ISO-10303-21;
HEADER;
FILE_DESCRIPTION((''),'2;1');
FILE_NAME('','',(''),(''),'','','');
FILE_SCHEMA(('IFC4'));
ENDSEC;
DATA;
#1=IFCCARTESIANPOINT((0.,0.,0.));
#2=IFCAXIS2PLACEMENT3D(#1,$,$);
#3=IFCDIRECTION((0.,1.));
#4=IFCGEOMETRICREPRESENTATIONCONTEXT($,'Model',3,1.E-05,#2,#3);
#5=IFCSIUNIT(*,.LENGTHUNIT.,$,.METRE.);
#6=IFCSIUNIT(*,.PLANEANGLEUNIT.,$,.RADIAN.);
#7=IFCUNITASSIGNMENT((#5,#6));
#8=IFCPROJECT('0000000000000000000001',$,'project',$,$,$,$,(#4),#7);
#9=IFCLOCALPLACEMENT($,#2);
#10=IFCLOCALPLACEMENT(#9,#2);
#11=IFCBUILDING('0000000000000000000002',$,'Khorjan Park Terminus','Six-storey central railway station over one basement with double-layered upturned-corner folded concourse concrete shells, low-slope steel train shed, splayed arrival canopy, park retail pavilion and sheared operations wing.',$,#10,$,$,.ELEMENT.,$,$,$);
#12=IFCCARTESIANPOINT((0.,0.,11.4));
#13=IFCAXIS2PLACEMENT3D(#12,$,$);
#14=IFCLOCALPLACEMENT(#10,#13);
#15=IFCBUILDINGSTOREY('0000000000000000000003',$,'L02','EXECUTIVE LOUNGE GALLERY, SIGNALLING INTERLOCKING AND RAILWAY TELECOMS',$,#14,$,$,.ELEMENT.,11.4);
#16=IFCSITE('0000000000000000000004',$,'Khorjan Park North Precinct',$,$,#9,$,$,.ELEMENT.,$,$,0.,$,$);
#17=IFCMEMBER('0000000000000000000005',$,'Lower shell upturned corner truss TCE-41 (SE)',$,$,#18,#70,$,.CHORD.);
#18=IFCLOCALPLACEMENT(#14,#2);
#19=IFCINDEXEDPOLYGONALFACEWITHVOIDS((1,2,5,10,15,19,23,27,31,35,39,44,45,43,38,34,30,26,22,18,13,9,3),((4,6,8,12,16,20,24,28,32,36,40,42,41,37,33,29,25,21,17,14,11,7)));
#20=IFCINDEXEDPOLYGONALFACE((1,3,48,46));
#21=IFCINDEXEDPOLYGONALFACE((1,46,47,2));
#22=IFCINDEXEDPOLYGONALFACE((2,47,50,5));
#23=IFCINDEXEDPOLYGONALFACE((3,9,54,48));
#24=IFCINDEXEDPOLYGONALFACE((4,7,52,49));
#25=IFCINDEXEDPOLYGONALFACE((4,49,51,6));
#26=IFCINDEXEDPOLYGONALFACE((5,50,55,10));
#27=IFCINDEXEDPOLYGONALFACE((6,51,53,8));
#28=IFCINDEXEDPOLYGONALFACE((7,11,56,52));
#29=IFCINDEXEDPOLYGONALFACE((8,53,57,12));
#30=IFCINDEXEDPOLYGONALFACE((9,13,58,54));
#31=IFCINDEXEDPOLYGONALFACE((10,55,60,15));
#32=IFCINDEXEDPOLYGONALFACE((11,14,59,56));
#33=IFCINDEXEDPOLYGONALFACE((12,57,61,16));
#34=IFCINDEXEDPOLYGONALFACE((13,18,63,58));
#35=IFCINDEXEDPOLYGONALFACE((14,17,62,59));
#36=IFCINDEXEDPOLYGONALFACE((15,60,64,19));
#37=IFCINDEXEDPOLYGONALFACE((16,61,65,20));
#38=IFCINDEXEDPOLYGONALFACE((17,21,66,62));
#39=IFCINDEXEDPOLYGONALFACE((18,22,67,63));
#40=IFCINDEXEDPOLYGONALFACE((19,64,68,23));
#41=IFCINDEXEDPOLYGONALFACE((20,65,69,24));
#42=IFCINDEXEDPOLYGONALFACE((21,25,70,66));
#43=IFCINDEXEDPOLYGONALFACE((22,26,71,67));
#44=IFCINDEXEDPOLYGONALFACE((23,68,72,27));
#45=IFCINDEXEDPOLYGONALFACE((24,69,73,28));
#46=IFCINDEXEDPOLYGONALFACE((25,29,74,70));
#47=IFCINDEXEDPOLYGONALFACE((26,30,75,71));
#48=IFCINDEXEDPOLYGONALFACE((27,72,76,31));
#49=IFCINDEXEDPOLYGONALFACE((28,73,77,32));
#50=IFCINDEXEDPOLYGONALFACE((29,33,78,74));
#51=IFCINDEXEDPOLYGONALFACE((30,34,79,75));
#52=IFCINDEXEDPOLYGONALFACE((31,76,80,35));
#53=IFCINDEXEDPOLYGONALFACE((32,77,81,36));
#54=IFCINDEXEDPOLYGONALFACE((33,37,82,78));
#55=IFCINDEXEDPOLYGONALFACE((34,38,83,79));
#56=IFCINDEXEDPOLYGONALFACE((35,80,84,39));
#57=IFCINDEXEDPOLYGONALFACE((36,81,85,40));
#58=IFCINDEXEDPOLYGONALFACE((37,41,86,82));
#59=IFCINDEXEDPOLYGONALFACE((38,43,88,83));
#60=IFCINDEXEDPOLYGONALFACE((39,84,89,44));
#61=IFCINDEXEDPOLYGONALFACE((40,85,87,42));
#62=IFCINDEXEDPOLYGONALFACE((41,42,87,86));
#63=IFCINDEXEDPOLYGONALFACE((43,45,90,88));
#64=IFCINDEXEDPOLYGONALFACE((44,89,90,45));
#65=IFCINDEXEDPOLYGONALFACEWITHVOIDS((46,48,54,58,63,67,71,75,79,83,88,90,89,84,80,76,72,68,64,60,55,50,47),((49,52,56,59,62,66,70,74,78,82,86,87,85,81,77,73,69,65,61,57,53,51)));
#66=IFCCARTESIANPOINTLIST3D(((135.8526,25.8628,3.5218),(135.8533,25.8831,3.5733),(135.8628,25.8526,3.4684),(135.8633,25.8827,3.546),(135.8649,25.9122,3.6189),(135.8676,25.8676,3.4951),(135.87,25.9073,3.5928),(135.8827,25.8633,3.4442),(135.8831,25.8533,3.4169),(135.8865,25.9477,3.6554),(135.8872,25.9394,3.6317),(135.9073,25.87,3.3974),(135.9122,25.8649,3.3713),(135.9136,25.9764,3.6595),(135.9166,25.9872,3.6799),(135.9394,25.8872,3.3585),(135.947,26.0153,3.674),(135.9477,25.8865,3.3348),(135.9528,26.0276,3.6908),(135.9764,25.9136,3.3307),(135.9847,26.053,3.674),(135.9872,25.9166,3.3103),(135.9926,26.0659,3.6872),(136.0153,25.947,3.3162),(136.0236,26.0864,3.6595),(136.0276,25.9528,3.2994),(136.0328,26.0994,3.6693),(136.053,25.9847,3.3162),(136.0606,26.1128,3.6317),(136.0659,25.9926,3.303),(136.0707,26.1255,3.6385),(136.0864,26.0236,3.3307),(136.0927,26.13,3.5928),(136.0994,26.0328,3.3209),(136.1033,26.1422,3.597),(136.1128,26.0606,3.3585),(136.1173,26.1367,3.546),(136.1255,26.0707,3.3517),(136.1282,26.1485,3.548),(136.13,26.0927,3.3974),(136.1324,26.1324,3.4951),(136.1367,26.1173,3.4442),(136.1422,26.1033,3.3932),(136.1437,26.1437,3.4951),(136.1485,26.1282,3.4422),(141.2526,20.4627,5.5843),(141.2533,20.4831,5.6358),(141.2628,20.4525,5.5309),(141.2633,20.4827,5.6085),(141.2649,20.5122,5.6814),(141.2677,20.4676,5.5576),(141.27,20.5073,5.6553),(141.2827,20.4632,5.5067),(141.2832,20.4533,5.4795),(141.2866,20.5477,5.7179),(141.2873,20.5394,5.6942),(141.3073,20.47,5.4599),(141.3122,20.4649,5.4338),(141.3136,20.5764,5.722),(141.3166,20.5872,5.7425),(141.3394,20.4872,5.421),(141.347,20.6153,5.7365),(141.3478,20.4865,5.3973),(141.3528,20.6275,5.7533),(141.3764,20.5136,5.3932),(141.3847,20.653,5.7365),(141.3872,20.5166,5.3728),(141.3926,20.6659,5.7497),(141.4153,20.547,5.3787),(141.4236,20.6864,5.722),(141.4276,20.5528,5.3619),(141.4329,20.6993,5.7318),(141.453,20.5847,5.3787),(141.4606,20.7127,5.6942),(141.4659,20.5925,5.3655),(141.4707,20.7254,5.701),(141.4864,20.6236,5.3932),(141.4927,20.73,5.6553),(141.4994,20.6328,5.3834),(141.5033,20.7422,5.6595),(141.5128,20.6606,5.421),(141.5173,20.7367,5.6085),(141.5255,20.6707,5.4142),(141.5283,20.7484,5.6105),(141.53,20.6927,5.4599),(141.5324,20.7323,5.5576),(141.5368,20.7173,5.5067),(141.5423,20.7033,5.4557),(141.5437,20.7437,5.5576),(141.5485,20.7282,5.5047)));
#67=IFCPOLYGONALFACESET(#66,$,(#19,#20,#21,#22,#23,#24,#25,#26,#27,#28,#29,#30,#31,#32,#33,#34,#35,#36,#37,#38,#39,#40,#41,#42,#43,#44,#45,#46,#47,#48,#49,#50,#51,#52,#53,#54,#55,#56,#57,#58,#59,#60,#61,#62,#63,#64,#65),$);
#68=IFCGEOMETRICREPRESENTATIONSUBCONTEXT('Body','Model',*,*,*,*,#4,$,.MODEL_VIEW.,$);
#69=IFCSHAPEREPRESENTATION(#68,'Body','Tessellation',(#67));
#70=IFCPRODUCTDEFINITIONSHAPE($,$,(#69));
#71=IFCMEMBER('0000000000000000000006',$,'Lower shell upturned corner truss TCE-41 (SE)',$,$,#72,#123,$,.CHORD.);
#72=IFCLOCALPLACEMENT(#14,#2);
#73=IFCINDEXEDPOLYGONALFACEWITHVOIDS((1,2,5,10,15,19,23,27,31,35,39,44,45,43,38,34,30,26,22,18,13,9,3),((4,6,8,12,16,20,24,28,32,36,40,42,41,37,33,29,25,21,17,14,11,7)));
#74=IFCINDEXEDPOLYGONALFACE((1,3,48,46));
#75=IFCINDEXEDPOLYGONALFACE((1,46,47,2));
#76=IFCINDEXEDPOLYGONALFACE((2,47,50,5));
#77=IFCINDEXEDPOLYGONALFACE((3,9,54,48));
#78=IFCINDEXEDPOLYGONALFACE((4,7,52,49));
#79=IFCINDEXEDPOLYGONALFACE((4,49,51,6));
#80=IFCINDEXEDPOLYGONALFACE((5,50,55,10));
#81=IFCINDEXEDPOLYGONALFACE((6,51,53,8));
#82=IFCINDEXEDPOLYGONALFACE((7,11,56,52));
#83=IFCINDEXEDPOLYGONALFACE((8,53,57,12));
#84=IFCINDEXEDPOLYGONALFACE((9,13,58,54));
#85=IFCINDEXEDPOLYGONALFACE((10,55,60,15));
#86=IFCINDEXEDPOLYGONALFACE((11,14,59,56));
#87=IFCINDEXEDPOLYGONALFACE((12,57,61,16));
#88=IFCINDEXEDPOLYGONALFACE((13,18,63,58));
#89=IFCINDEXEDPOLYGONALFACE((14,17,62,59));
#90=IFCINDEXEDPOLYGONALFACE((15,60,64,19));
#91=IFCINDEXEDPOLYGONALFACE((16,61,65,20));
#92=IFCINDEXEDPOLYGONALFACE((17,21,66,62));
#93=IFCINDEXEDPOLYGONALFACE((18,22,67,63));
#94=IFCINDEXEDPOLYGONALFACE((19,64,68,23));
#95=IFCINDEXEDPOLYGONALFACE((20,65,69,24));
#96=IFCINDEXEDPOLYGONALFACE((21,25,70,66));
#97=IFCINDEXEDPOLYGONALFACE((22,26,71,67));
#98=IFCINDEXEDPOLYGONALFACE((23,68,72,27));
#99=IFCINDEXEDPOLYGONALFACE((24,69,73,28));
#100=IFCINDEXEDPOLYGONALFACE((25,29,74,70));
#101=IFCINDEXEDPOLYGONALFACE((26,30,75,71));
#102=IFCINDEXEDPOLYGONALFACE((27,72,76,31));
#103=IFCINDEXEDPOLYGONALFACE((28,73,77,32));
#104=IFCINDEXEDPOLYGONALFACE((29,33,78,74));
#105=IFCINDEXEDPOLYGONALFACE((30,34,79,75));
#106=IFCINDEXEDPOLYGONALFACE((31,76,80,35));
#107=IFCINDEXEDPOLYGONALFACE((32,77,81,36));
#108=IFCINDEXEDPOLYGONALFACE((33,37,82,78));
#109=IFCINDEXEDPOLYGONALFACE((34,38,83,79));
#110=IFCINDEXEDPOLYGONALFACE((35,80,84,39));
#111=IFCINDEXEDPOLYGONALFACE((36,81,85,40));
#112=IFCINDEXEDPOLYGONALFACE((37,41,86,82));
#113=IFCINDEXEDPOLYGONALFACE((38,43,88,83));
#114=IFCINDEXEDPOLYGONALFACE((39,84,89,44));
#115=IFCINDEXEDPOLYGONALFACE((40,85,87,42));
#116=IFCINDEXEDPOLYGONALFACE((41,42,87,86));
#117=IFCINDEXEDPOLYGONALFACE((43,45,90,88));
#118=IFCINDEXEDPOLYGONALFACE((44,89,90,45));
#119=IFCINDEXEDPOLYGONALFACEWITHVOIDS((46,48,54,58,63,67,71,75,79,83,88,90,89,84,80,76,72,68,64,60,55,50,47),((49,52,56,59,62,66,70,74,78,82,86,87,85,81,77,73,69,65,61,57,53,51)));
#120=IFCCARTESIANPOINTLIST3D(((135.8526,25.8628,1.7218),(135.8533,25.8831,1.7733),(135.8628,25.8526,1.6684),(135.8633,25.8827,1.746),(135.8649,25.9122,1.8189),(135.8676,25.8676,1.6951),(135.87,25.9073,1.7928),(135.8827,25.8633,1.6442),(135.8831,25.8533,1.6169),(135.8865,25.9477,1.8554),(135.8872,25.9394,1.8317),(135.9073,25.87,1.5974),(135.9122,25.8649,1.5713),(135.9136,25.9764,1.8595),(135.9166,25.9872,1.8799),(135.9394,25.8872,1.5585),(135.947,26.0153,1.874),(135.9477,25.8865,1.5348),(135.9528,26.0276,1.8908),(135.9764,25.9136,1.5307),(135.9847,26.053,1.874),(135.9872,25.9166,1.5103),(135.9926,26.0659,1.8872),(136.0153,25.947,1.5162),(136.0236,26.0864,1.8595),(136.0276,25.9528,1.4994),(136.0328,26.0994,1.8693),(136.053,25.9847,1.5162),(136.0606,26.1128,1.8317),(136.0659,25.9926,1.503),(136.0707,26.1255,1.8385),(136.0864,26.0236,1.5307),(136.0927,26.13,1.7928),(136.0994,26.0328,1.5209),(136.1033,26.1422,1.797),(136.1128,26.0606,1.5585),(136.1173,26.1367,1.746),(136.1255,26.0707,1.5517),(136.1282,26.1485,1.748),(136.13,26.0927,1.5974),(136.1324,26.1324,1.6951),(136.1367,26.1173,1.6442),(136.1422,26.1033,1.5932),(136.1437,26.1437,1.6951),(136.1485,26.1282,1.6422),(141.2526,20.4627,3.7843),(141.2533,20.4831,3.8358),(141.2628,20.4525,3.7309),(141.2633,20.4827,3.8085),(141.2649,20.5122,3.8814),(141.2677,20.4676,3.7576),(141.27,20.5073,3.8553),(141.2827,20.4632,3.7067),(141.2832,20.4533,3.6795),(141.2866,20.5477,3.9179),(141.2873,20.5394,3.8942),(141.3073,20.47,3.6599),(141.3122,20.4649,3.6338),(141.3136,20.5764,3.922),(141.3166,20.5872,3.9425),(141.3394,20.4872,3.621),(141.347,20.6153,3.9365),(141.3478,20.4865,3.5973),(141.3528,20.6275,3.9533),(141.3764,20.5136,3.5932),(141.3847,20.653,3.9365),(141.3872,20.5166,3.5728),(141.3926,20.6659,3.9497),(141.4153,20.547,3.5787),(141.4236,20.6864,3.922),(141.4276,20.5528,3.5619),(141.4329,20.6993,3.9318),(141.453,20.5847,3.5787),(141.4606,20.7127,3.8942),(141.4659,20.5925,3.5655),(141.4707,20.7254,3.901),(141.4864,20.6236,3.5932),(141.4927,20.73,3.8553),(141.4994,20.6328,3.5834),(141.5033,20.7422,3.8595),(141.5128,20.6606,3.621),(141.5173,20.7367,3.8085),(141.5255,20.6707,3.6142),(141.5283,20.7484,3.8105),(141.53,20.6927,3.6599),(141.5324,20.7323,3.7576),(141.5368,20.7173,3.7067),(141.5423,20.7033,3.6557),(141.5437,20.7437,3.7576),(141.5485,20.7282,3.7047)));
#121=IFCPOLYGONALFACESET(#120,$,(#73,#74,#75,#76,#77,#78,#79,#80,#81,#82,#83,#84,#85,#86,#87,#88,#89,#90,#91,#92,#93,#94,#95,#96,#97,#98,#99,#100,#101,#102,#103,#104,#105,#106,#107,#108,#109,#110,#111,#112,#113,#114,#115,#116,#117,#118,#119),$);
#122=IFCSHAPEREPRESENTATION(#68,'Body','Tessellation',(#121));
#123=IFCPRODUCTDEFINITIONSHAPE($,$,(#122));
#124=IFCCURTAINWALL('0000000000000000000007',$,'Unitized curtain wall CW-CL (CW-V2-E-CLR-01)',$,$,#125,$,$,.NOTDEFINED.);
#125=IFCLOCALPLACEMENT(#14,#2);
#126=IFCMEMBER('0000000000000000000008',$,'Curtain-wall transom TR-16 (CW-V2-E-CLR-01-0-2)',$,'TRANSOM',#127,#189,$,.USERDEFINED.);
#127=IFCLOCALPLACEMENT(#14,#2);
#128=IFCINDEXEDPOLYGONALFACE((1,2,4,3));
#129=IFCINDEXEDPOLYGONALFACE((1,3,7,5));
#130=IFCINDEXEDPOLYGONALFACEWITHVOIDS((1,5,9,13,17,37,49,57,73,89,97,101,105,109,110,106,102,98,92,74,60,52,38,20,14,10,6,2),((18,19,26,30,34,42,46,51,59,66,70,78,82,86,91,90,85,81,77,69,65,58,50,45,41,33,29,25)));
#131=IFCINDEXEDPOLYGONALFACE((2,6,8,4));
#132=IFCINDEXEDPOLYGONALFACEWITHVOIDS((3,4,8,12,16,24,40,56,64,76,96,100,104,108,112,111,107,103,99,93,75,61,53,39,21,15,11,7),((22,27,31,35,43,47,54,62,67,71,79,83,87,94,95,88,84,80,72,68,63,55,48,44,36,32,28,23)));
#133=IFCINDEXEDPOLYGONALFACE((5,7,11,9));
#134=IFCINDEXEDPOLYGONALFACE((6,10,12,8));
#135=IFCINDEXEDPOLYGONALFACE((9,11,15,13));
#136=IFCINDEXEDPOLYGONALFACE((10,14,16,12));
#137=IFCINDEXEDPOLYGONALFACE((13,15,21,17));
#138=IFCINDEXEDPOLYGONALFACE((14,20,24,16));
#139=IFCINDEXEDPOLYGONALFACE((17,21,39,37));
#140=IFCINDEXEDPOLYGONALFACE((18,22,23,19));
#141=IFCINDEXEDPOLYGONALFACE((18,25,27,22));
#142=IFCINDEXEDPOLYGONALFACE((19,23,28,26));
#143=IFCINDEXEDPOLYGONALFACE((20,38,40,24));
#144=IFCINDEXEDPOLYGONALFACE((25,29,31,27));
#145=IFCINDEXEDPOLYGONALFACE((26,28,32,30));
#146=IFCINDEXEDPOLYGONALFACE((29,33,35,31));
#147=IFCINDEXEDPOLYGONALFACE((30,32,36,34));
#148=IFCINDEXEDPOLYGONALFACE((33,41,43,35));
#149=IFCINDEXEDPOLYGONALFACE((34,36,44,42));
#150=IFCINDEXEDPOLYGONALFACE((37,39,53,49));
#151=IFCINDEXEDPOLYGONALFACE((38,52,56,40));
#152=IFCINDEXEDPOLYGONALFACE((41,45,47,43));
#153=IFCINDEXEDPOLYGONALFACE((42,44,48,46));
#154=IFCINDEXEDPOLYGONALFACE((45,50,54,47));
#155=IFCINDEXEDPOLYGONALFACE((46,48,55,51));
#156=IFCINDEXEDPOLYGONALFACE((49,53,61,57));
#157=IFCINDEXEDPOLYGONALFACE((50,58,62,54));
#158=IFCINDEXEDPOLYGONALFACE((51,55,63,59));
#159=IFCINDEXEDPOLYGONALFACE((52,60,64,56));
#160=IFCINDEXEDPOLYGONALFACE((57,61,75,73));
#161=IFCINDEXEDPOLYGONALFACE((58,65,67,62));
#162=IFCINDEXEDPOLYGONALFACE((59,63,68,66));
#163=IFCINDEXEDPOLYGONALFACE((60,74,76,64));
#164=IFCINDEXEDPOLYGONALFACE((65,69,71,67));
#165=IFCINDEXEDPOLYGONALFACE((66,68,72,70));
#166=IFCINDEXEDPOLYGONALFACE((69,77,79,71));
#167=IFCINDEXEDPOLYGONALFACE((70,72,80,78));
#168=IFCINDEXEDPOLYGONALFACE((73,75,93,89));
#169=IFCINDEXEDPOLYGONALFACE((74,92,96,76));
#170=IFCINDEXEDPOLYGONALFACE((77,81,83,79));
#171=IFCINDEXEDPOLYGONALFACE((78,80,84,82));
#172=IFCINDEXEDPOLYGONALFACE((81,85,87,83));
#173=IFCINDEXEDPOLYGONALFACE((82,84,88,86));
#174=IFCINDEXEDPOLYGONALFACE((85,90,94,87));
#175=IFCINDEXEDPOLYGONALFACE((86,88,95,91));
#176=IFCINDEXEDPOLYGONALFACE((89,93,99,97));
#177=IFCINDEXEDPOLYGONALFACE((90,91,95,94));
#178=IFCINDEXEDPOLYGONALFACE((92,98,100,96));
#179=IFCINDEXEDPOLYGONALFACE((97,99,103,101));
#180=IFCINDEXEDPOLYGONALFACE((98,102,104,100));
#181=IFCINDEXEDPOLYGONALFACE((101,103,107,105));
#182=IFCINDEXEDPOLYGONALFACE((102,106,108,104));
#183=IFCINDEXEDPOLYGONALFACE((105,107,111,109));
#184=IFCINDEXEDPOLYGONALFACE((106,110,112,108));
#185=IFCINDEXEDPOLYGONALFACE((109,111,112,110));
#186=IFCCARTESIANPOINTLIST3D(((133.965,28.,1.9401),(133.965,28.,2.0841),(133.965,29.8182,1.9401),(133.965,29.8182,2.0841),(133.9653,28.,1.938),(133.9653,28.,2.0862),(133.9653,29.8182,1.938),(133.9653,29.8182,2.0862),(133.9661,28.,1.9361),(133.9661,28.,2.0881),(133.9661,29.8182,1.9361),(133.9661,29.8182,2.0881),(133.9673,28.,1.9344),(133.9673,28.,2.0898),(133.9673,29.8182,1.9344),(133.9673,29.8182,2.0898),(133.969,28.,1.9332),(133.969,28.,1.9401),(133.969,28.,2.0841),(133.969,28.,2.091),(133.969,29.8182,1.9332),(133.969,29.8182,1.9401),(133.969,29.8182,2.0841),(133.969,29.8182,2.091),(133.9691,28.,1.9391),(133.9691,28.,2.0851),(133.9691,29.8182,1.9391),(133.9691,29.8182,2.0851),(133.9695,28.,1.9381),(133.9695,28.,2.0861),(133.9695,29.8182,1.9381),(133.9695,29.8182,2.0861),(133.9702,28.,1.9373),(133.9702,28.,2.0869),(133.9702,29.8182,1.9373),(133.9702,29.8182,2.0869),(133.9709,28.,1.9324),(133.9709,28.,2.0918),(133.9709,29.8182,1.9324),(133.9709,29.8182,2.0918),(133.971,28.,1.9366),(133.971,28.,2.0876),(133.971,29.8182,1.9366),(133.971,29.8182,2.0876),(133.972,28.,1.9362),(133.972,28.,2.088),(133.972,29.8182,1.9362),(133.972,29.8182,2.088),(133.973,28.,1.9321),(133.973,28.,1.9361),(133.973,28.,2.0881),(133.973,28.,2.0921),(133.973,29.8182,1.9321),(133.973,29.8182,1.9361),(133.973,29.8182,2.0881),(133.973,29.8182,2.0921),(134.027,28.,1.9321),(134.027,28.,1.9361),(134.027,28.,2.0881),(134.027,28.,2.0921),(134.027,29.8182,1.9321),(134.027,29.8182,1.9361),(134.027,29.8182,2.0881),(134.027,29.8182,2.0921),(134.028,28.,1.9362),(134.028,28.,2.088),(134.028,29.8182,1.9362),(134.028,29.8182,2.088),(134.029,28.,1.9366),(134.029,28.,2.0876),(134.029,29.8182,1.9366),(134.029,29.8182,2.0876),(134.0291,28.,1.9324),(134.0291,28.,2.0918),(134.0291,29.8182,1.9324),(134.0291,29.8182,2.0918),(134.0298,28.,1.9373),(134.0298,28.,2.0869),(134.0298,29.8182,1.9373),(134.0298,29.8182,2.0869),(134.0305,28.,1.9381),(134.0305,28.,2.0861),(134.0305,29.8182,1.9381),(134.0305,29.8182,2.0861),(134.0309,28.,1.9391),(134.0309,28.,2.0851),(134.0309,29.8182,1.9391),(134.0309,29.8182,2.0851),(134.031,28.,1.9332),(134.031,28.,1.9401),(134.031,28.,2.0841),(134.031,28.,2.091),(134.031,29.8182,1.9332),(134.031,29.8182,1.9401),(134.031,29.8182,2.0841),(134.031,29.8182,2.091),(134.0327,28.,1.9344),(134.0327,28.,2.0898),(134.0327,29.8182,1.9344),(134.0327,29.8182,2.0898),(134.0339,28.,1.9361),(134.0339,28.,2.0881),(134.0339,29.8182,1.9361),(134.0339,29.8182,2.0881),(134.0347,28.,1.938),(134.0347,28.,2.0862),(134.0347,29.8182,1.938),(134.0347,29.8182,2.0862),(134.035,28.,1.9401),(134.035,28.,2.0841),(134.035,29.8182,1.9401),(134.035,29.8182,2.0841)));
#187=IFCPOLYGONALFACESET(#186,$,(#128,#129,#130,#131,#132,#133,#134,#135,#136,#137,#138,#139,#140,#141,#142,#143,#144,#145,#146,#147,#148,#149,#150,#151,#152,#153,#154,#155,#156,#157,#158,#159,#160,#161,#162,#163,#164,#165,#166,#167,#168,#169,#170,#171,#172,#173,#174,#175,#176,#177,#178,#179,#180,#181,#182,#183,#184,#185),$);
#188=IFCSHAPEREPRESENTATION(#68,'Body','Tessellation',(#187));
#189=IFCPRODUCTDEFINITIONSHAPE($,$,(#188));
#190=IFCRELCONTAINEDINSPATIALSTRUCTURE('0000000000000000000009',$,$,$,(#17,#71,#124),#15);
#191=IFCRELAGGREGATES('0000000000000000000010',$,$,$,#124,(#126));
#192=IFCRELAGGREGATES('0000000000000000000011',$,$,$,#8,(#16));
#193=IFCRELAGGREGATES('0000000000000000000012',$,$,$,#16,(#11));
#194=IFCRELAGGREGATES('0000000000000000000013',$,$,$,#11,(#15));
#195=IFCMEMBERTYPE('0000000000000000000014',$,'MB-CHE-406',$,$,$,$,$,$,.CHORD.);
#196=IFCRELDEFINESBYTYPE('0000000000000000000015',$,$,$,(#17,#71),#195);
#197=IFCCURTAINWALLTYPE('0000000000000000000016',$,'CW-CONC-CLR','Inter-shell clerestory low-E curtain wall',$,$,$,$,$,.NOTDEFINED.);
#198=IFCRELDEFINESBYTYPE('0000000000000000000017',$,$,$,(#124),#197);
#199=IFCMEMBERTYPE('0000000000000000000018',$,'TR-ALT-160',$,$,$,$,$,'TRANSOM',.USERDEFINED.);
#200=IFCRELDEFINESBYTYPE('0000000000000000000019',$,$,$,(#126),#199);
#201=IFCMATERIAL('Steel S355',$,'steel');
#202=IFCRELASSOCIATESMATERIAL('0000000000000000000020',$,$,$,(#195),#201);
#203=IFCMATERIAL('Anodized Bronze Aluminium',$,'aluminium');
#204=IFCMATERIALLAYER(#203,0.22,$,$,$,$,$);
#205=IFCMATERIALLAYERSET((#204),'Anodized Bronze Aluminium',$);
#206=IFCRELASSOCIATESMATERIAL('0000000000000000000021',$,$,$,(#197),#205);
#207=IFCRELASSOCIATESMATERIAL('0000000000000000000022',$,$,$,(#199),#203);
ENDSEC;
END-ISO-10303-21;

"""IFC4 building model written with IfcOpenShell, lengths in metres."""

from ifc_helpers import new_model, si_unit, direction, frame, origin, origin_2d, place, context, subcontext, project, spatial, hollow_rectangle, hollow_circle, extrude, material, layer, layer_set, material_profile, profile_set, type_object, element, aggregate, save


model = new_model("IFC4")

# Units and contexts
model_context = context("Model", 3, precision=1e-05, world=origin(), true_north=direction((0.0, 1.0)))
body_context = subcontext(model_context, "Body", "Model", "MODEL_VIEW")
ifc_project = project(units=[si_unit("LENGTHUNIT", "METRE"), si_unit("PLANEANGLEUNIT", "RADIAN")], contexts=[model_context])

# Site, building, storey
site_placement = place(None, origin())
site = spatial("IfcSite", under=ifc_project, at=site_placement, Name="Khorjan Park North Precinct", CompositionType="ELEMENT", RefElevation=0.0)
building_placement = place(site_placement, origin())
building = spatial("IfcBuilding", under=site, at=building_placement, Name="Khorjan Park Terminus", Description="Six-storey central railway station over one basement with double-layered upturned-corner folded concourse concrete shells, low-slope steel train shed, splayed arrival canopy, park retail pavilion and sheared operations wing.", CompositionType="ELEMENT")
storey_placement = place(building_placement, frame((0.0, 0.0, 11.4)))
storey = spatial("IfcBuildingStorey", under=building, at=storey_placement, Name="L02", Description="EXECUTIVE LOUNGE GALLERY, SIGNALLING INTERLOCKING AND RAILWAY TELECOMS", CompositionType="ELEMENT", Elevation=11.4)

# Members
ifc_material_1 = material(Name="Steel S355", Category="steel")
ifc_material_profile_1 = material_profile(ifc_material_1, hollow_circle(Radius=0.2032, WallThickness=0.016, at=origin_2d()), Name="CHS 406.4x16")
ifc_profile_set_1 = profile_set([ifc_material_profile_1], Name="Steel S355")
member_type_1 = type_object("IfcMemberType", Name="MB-CHE-406", PredefinedType="CHORD", material=ifc_profile_set_1)
for number, where, z_axis, x_axis, name in (
    (1, (136.0, 26.0, 3.4951), (0.682648, -0.682648, 0.260734), (0.707107, 0.707107, 0.0), "Lower shell upturned corner truss TCE-41 (SE)"),
    (2, (136.0, 26.0, 1.6951), (0.682648, -0.682648, 0.260734), (0.707107, 0.707107, 0.0), "Lower shell upturned corner truss TCE-41 (SE)"),
):
    element("IfcMember", number, at=place(storey_placement, frame(where, z_axis=z_axis, x_axis=x_axis)), inside=storey, type_object=member_type_1, Name=name, PredefinedType="CHORD", context=body_context, shape_type="SweptSolid", body=[
        extrude(hollow_circle(Radius=0.2032, WallThickness=0.016, at=origin_2d()), origin(), (0.0, 0.0, 1.0), 7.9104),
    ])

# Curtain wall, member
ifc_material_2 = material(Name="Anodized Bronze Aluminium", Category="aluminium")
ifc_layer_1 = layer(ifc_material_2, 0.22)
ifc_layer_set_1 = layer_set([ifc_layer_1], Name="Anodized Bronze Aluminium")
curtain_wall_type = type_object("IfcCurtainWallType", Name="CW-CONC-CLR", Description="Inter-shell clerestory low-E curtain wall", PredefinedType="NOTDEFINED", material=ifc_layer_set_1)
curtain_wall_placement = place(storey_placement, origin())
curtain_wall = element("IfcCurtainWall", 3, at=curtain_wall_placement, inside=storey, type_object=curtain_wall_type, Name="Unitized curtain wall CW-CL (CW-V2-E-CLR-01)", PredefinedType="NOTDEFINED")
ifc_material_profile_2 = material_profile(ifc_material_2, hollow_rectangle(XDim=0.07, YDim=0.16, WallThickness=0.004, InnerFilletRadius=0.004, OuterFilletRadius=0.008, at=origin_2d()), Name="ALT 70x160x4")
ifc_profile_set_2 = profile_set([ifc_material_profile_2], Name="Anodized Bronze Aluminium")
member_type_2 = type_object("IfcMemberType", Name="TR-ALT-160", ElementType="TRANSOM", PredefinedType="USERDEFINED", material=ifc_profile_set_2)
member_1_placement = place(storey_placement, frame((134.0, 28.0, 2.0121), z_axis=(0.0, 1.0, 0.0), x_axis=(-1.0, 0.0, 0.0)))
member_1 = element("IfcMember", 4, at=member_1_placement, type_object=member_type_2, Name="Curtain-wall transom TR-16 (CW-V2-E-CLR-01-0-2)", ObjectType="TRANSOM", PredefinedType="USERDEFINED", context=body_context, shape_type="SweptSolid", body=[
    extrude(hollow_rectangle(XDim=0.07, YDim=0.16, WallThickness=0.004, InnerFilletRadius=0.004, OuterFilletRadius=0.008, at=origin_2d()), origin(), (0.0, 0.0, 1.0), 1.8182),
])
aggregate(curtain_wall, [member_1])

save(model, "model.ifc")
